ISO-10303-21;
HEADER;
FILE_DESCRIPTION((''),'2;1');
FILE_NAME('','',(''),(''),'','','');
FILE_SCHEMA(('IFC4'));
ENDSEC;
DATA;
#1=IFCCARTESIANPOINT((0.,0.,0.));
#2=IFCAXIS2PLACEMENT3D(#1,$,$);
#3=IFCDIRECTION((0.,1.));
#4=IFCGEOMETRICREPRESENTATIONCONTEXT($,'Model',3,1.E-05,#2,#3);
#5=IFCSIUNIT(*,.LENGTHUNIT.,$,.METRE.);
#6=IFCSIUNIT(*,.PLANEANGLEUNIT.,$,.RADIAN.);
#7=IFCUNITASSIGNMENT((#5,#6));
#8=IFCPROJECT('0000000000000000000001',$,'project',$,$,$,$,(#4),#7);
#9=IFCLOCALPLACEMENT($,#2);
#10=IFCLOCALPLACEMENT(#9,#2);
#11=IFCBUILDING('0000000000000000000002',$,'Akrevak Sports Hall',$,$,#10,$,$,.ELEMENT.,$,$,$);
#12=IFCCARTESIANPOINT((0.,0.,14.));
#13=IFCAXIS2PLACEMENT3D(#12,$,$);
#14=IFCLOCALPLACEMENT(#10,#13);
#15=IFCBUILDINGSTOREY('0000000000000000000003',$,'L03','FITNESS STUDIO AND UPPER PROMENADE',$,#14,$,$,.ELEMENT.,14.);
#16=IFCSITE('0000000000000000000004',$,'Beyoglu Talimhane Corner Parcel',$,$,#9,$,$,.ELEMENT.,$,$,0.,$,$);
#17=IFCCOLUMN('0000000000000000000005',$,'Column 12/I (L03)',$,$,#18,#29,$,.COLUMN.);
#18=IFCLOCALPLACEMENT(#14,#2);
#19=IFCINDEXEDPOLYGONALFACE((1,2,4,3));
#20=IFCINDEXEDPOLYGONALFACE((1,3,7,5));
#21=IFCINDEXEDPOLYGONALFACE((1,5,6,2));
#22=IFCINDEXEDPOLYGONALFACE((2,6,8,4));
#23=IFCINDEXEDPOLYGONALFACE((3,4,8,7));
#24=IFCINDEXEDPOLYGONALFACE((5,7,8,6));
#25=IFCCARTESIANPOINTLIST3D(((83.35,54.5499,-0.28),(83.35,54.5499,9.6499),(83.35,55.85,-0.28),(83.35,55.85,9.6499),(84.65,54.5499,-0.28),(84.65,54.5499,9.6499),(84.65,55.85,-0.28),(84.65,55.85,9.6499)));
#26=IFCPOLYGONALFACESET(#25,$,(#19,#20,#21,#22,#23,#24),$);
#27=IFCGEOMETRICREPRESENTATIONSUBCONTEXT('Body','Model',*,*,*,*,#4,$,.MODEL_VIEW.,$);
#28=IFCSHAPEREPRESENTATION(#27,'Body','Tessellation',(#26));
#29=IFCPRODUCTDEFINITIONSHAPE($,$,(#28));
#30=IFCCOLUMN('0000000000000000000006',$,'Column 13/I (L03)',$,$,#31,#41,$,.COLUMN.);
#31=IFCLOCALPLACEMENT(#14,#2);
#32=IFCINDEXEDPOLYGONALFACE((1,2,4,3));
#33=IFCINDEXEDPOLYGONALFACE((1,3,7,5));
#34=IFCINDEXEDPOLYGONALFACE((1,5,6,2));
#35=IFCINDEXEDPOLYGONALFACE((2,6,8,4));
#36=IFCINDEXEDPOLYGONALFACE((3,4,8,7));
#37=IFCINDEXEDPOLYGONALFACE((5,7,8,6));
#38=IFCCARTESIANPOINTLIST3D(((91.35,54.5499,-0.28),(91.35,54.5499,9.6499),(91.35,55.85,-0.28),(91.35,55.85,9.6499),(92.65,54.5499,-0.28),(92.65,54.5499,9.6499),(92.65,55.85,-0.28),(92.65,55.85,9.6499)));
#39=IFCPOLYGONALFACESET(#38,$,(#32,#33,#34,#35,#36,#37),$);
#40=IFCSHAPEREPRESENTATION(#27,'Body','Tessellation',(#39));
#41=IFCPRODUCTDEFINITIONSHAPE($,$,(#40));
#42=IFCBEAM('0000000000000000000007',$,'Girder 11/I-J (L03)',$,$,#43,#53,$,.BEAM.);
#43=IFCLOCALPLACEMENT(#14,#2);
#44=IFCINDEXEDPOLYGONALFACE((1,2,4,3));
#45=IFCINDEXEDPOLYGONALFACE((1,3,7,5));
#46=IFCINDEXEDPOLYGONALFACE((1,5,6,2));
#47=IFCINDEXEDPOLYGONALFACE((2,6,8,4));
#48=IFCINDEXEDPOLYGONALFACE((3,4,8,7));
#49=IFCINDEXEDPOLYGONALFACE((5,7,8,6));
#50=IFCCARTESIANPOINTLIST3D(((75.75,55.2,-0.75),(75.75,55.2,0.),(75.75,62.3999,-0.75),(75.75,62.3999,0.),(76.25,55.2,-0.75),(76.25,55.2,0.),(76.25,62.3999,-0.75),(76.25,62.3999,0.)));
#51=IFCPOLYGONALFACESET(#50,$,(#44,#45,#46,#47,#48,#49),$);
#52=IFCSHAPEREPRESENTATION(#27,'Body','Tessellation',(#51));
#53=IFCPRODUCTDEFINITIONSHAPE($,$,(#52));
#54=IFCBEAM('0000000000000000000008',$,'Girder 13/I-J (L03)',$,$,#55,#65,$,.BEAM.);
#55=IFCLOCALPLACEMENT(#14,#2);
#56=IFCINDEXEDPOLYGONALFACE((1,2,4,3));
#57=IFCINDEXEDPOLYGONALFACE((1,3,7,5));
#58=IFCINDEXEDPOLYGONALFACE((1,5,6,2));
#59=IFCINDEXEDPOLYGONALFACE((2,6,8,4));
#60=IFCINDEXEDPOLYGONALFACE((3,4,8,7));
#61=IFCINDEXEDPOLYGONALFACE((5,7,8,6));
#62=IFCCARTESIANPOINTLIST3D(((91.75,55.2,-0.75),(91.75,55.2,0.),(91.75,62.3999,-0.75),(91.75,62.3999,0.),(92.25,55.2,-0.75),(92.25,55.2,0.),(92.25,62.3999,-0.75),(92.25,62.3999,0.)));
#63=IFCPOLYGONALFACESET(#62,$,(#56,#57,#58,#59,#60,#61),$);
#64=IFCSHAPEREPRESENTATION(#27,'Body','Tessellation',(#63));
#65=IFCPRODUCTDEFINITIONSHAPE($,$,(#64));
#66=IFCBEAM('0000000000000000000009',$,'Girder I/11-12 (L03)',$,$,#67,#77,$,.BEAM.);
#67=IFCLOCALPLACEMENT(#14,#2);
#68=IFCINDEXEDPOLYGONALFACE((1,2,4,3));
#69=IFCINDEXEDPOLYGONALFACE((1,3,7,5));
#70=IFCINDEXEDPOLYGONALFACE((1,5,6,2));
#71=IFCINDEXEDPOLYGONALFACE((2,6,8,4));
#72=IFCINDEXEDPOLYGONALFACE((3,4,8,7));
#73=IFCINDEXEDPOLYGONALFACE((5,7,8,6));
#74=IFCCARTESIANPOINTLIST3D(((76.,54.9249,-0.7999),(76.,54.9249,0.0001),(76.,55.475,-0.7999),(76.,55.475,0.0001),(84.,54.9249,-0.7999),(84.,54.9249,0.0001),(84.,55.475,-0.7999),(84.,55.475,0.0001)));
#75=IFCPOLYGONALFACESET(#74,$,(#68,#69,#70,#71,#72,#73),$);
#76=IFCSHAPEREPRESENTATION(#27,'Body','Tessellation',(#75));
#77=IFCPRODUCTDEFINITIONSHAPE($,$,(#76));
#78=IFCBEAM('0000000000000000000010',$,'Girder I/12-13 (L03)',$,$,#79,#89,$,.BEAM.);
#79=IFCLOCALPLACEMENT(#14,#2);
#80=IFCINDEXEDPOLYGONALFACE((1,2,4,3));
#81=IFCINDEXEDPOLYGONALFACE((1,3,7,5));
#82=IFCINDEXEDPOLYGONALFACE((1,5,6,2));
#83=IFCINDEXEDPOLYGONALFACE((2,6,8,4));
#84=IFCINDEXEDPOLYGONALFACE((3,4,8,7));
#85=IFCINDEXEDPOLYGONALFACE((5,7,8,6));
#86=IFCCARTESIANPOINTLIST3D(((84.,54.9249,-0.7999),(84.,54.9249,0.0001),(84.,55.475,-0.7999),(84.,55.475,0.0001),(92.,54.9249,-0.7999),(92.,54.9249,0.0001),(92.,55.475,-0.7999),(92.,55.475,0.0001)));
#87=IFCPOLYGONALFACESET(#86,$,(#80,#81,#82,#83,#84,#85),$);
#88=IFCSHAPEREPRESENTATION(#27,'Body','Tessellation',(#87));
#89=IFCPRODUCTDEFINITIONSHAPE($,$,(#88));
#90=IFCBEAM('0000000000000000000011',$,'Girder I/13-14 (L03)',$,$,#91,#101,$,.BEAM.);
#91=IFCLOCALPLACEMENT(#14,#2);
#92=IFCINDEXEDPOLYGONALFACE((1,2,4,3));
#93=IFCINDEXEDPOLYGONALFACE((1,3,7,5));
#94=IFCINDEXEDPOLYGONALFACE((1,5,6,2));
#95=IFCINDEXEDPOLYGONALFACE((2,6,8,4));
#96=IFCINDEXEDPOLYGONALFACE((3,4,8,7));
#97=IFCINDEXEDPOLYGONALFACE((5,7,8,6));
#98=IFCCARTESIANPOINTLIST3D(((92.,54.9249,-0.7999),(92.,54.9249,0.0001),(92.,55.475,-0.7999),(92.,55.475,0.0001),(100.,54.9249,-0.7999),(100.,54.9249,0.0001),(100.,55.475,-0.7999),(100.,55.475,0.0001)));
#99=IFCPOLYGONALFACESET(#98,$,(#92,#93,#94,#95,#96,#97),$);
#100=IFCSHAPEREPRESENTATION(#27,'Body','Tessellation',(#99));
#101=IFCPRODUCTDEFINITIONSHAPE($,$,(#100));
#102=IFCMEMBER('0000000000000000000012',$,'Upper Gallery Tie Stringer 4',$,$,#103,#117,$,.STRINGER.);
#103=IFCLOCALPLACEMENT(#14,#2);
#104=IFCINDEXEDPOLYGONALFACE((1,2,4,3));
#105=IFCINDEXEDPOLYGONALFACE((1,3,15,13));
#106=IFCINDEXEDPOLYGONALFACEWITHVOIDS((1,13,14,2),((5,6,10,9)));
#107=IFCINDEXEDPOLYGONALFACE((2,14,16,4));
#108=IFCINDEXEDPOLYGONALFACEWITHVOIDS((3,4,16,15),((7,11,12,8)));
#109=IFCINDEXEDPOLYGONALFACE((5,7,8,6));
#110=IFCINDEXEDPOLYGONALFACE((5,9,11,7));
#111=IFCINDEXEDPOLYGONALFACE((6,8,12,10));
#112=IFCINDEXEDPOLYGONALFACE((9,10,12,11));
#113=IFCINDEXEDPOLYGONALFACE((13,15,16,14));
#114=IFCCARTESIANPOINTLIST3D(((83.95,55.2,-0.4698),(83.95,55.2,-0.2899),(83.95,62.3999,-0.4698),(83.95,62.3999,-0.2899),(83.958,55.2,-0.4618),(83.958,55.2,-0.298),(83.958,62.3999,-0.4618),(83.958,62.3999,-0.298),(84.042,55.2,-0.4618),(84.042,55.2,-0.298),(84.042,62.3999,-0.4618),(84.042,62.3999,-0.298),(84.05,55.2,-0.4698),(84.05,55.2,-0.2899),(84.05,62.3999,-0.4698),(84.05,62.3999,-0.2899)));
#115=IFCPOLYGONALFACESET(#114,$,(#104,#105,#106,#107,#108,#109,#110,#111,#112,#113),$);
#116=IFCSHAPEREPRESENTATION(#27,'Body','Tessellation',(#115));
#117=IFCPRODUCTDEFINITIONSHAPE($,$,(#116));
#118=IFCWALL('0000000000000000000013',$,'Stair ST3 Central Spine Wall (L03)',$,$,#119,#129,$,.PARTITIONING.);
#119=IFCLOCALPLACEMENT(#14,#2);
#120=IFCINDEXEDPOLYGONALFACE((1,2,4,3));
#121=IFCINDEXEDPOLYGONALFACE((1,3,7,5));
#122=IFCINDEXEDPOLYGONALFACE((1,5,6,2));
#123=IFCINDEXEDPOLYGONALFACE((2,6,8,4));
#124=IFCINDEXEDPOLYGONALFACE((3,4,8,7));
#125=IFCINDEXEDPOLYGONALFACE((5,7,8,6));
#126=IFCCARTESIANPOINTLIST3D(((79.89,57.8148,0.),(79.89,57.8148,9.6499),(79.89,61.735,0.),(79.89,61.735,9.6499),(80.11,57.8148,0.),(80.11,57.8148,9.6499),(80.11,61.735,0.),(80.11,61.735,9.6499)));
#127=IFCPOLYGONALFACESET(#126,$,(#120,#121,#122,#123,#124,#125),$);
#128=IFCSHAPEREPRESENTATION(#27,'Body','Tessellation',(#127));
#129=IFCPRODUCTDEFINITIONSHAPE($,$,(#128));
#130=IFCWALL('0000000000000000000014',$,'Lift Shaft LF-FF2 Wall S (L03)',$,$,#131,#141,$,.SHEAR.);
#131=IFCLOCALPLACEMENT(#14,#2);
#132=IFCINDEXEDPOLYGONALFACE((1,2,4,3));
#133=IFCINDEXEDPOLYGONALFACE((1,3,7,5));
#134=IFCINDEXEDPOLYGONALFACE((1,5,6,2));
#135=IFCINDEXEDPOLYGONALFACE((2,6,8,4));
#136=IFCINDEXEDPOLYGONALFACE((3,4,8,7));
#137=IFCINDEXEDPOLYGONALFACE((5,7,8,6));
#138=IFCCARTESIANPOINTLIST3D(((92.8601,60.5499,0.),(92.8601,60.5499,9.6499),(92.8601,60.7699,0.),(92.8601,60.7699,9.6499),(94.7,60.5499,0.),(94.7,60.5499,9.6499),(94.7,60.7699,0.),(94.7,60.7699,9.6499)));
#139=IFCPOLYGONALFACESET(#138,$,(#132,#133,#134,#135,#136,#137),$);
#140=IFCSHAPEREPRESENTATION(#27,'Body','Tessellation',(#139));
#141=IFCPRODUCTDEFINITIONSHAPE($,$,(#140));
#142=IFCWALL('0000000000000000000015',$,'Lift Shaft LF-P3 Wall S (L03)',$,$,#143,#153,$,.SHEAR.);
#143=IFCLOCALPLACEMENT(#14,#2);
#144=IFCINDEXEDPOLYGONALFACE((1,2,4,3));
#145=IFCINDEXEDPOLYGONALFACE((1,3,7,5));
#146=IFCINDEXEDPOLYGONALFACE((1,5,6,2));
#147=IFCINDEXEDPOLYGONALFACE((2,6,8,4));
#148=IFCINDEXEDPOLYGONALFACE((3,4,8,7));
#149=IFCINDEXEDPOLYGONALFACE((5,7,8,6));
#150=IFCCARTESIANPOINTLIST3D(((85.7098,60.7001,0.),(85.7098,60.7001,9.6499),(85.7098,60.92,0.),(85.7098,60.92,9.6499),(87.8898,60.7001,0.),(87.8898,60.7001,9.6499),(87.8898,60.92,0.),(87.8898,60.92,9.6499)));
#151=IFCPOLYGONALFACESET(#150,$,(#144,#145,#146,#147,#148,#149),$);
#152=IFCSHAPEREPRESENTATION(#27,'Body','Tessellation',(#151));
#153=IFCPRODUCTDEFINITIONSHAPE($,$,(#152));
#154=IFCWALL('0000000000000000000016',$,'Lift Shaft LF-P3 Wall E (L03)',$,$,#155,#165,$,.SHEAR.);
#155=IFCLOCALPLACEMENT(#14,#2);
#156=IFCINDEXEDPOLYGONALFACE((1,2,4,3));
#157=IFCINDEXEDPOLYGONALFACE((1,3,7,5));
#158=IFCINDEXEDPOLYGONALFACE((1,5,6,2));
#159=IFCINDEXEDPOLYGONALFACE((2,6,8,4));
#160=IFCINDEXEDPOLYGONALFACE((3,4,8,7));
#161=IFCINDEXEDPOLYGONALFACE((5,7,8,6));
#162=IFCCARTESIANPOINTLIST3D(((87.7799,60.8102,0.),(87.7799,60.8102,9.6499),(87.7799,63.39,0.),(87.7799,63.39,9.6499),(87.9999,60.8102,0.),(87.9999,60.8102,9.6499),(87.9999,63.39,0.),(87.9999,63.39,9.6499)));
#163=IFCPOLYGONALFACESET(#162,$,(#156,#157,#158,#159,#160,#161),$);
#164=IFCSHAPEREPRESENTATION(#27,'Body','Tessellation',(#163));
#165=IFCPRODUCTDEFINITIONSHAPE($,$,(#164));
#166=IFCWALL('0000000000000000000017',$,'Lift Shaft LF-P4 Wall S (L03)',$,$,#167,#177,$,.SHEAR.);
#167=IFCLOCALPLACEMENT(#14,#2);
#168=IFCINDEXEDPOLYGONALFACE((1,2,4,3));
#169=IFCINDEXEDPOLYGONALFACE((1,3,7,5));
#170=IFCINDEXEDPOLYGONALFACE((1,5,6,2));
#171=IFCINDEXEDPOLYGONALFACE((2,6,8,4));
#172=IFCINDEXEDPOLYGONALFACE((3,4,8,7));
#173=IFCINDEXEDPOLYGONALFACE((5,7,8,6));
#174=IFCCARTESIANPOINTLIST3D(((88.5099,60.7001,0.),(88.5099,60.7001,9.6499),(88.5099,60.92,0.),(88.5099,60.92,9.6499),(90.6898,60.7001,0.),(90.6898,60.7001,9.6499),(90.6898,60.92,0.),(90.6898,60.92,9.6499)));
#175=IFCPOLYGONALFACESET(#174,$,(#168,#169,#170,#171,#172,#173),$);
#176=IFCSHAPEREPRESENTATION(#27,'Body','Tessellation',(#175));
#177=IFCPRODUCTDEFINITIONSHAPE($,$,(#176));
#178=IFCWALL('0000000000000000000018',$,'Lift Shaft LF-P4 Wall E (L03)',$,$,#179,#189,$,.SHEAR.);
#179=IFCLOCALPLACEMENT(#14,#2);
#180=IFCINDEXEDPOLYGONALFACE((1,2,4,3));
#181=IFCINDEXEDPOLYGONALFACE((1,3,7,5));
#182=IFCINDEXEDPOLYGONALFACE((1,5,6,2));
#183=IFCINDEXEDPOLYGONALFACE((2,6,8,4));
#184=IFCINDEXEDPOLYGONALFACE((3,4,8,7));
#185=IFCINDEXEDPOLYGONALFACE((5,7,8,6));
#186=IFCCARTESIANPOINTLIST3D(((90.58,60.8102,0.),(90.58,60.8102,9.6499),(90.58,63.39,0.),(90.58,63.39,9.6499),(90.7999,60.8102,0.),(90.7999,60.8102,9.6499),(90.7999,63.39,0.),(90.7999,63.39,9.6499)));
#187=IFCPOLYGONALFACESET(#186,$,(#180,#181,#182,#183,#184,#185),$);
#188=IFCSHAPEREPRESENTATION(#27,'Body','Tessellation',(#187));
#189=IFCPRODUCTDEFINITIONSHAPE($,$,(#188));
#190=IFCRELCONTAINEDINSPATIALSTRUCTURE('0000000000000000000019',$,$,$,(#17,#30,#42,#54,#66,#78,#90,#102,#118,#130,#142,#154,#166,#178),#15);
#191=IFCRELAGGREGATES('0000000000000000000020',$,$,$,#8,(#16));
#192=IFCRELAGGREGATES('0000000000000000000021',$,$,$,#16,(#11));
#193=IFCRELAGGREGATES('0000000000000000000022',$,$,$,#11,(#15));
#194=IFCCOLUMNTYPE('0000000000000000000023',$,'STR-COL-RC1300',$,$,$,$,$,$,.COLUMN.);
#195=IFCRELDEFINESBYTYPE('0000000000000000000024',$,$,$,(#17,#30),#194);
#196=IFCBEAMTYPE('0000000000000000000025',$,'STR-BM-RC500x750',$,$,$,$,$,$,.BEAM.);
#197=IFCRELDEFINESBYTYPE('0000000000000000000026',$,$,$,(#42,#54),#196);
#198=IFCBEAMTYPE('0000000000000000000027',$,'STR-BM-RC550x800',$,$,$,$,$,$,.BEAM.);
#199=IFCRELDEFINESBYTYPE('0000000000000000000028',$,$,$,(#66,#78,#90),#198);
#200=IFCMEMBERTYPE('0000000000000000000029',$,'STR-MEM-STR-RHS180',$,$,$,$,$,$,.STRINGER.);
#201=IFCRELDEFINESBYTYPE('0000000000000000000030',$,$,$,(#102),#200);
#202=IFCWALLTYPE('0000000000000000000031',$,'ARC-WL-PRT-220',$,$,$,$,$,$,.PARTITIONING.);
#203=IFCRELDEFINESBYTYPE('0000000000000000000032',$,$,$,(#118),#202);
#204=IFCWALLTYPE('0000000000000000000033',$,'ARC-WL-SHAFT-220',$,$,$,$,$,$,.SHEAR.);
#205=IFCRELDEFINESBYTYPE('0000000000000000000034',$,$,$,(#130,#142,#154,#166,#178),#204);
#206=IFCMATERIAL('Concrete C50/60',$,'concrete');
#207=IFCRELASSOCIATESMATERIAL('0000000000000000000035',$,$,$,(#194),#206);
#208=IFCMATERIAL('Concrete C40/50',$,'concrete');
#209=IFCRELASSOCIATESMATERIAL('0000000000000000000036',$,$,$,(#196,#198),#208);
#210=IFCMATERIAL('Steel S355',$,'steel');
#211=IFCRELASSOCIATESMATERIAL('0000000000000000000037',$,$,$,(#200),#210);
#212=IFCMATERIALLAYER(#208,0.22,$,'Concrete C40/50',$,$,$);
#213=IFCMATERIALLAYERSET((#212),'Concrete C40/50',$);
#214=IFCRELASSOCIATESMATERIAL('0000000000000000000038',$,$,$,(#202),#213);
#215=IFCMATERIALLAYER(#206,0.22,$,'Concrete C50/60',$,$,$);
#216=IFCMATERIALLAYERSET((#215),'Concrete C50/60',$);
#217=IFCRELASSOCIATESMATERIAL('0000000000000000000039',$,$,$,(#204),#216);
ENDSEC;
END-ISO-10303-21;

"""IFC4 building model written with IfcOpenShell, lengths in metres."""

from ifc_helpers import new_model, si_unit, direction, frame, frame_2d, origin, origin_2d, place, context, subcontext, project, spatial, rectangle, hollow_rectangle, extrude, material, layer, layer_set, material_profile, profile_set, type_object, element, save


model = new_model("IFC4")

# Units and contexts
model_context = context("Model", 3, precision=1e-05, world=origin(), true_north=direction((0.0, 1.0)))
body_context = subcontext(model_context, "Body", "Model", "MODEL_VIEW")
ifc_project = project(units=[si_unit("LENGTHUNIT", "METRE"), si_unit("PLANEANGLEUNIT", "RADIAN")], contexts=[model_context])

# Site, building, storey
site_placement = place(None, origin())
site = spatial("IfcSite", under=ifc_project, at=site_placement, Name="Beyoglu Talimhane Corner Parcel", CompositionType="ELEMENT", RefElevation=0.0)
building_placement = place(site_placement, origin())
building = spatial("IfcBuilding", under=site, at=building_placement, Name="Akrevak Sports Hall", CompositionType="ELEMENT")
storey_placement = place(building_placement, frame((0.0, 0.0, 14.0)))
storey = spatial("IfcBuildingStorey", under=building, at=storey_placement, Name="L03", Description="FITNESS STUDIO AND UPPER PROMENADE", CompositionType="ELEMENT", Elevation=14.0)

# Columns
ifc_material_1 = material(Name="Concrete C50/60", Category="concrete")
ifc_material_profile_1 = material_profile(ifc_material_1, rectangle(XDim=1.3, YDim=1.3, at=origin_2d()), Name="RC 1300x1300", Category="concrete")
ifc_profile_set_1 = profile_set([ifc_material_profile_1], Name="Concrete C50/60")
column_type = type_object("IfcColumnType", Name="STR-COL-RC1300", PredefinedType="COLUMN", material=ifc_profile_set_1)
for number, where, z_axis, x_axis, name in (
    (1, (84.0, 55.2, -0.28), (0.0, 0.0, 1.0), (1.0, 0.0, 0.0), "Column 12/I (L03)"),
    (2, (92.0, 55.2, -0.28), (0.0, 0.0, 1.0), (1.0, 0.0, 0.0), "Column 13/I (L03)"),
):
    element("IfcColumn", number, at=place(storey_placement, frame(where, z_axis=z_axis, x_axis=x_axis)), inside=storey, type_object=column_type, Name=name, PredefinedType="COLUMN", context=body_context, shape_type="SweptSolid", body=[
        extrude(rectangle(XDim=1.3, YDim=1.3, at=origin_2d()), origin(), (0.0, 0.0, 1.0), 9.9299),
    ])

# Beams
ifc_material_2 = material(Name="Concrete C40/50", Category="concrete")
ifc_material_profile_2 = material_profile(ifc_material_2, rectangle(XDim=0.5, YDim=0.75, at=origin_2d()), Name="BM 500x750", Category="concrete")
ifc_profile_set_2 = profile_set([ifc_material_profile_2], Name="Concrete C40/50")
beam_type_1 = type_object("IfcBeamType", Name="STR-BM-RC500x750", PredefinedType="BEAM", material=ifc_profile_set_2)
for number, where, z_axis, x_axis, name in (
    (3, (76.0, 55.2, -0.375), (0.0, 1.0, 0.0), (-1.0, 0.0, 0.0), "Girder 11/I-J (L03)"),
    (4, (92.0, 55.2, -0.375), (0.0, 1.0, 0.0), (-1.0, 0.0, 0.0), "Girder 13/I-J (L03)"),
):
    element("IfcBeam", number, at=place(storey_placement, frame(where, z_axis=z_axis, x_axis=x_axis)), inside=storey, type_object=beam_type_1, Name=name, PredefinedType="BEAM", context=body_context, shape_type="SweptSolid", body=[
        extrude(rectangle(XDim=0.5, YDim=0.75, at=origin_2d()), origin(), (0.0, 0.0, 1.0), 7.2),
    ])
ifc_material_profile_3 = material_profile(ifc_material_2, rectangle(XDim=0.55, YDim=0.8, at=origin_2d()), Name="BM 550x800", Category="concrete")
ifc_profile_set_3 = profile_set([ifc_material_profile_3], Name="Concrete C40/50")
beam_type_2 = type_object("IfcBeamType", Name="STR-BM-RC550x800", PredefinedType="BEAM", material=ifc_profile_set_3)
for number, where, z_axis, x_axis, name in (
    (5, (76.0, 55.2, -0.3999), (1.0, 0.0, 0.0), (0.0, 1.0, 0.0), "Girder I/11-12 (L03)"),
    (6, (84.0, 55.2, -0.3999), (1.0, 0.0, 0.0), (0.0, 1.0, 0.0), "Girder I/12-13 (L03)"),
    (7, (92.0, 55.2, -0.3999), (1.0, 0.0, 0.0), (0.0, 1.0, 0.0), "Girder I/13-14 (L03)"),
):
    element("IfcBeam", number, at=place(storey_placement, frame(where, z_axis=z_axis, x_axis=x_axis)), inside=storey, type_object=beam_type_2, Name=name, PredefinedType="BEAM", context=body_context, shape_type="SweptSolid", body=[
        extrude(rectangle(XDim=0.55, YDim=0.8, at=origin_2d()), origin(), (0.0, 0.0, 1.0), 8.0),
    ])

# Member
ifc_material_3 = material(Name="Steel S355", Category="steel")
ifc_material_profile_4 = material_profile(ifc_material_3, hollow_rectangle(XDim=0.1001, YDim=0.1799, WallThickness=0.0081, at=origin_2d()), Name="RHS 180x100x8", Category="steel")
ifc_profile_set_4 = profile_set([ifc_material_profile_4], Name="Steel S355")
member_type = type_object("IfcMemberType", Name="STR-MEM-STR-RHS180", PredefinedType="STRINGER", material=ifc_profile_set_4)
member_placement = place(storey_placement, frame((84.0, 55.2, -0.3799), z_axis=(0.0, 1.0, 0.0), x_axis=(-1.0, 0.0, 0.0)))
element("IfcMember", 8, at=member_placement, inside=storey, type_object=member_type, Name="Upper Gallery Tie Stringer 4", PredefinedType="STRINGER", context=body_context, shape_type="SweptSolid", body=[
    extrude(hollow_rectangle(XDim=0.1001, YDim=0.1799, WallThickness=0.0081, at=origin_2d()), origin(), (0.0, 0.0, 1.0), 7.2),
])

# Walls
ifc_layer_1 = layer(ifc_material_2, 0.22, Name="Concrete C40/50")
ifc_layer_set_1 = layer_set([ifc_layer_1], Name="Concrete C40/50")
wall_type_1 = type_object("IfcWallType", Name="ARC-WL-PRT-220", PredefinedType="PARTITIONING", material=ifc_layer_set_1)
wall_1_placement = place(storey_placement, frame((80.0, 57.8149, 0.0), z_axis=(0.0, 0.0, 1.0), x_axis=(0.0, 1.0, 0.0)))
element("IfcWall", 9, at=wall_1_placement, inside=storey, type_object=wall_type_1, Name="Stair ST3 Central Spine Wall (L03)", PredefinedType="PARTITIONING", context=body_context, shape_type="SweptSolid", body=[
    extrude(rectangle(XDim=3.9202, YDim=0.22, at=frame_2d((1.96, 0.0))), origin(), (0.0, 0.0, 1.0), 9.6499),
])
ifc_layer_2 = layer(ifc_material_1, 0.22, Name="Concrete C50/60")
ifc_layer_set_2 = layer_set([ifc_layer_2], Name="Concrete C50/60")
wall_type_2 = type_object("IfcWallType", Name="ARC-WL-SHAFT-220", PredefinedType="SHEAR", material=ifc_layer_set_2)
wall_2_placement = place(storey_placement, frame((92.8601, 60.6599, 0.0), z_axis=(0.0, 0.0, 1.0), x_axis=(1.0, 0.0, 0.0)))
element("IfcWall", 10, at=wall_2_placement, inside=storey, type_object=wall_type_2, Name="Lift Shaft LF-FF2 Wall S (L03)", PredefinedType="SHEAR", context=body_context, shape_type="SweptSolid", body=[
    extrude(rectangle(XDim=1.8398, YDim=0.22, at=frame_2d((0.9199, 0.0))), origin(), (0.0, 0.0, 1.0), 9.6499),
])
wall_3_placement = place(storey_placement, frame((85.71, 60.8101, 0.0), z_axis=(0.0, 0.0, 1.0), x_axis=(1.0, 0.0, 0.0)))
element("IfcWall", 11, at=wall_3_placement, inside=storey, type_object=wall_type_2, Name="Lift Shaft LF-P3 Wall S (L03)", PredefinedType="SHEAR", context=body_context, shape_type="SweptSolid", body=[
    extrude(rectangle(XDim=2.1799, YDim=0.22, at=frame_2d((1.0898, 0.0))), origin(), (0.0, 0.0, 1.0), 9.6499),
])
wall_4_placement = place(storey_placement, frame((87.8899, 60.8101, 0.0), z_axis=(0.0, 0.0, 1.0), x_axis=(0.0, 1.0, 0.0)))
element("IfcWall", 12, at=wall_4_placement, inside=storey, type_object=wall_type_2, Name="Lift Shaft LF-P3 Wall E (L03)", PredefinedType="SHEAR", context=body_context, shape_type="SweptSolid", body=[
    extrude(rectangle(XDim=2.5798, YDim=0.22, at=frame_2d((1.29, 0.0))), origin(), (0.0, 0.0, 1.0), 9.6499),
])
wall_5_placement = place(storey_placement, frame((88.51, 60.8101, 0.0), z_axis=(0.0, 0.0, 1.0), x_axis=(1.0, 0.0, 0.0)))
element("IfcWall", 13, at=wall_5_placement, inside=storey, type_object=wall_type_2, Name="Lift Shaft LF-P4 Wall S (L03)", PredefinedType="SHEAR", context=body_context, shape_type="SweptSolid", body=[
    extrude(rectangle(XDim=2.1799, YDim=0.22, at=frame_2d((1.0898, 0.0))), origin(), (0.0, 0.0, 1.0), 9.6499),
])
wall_6_placement = place(storey_placement, frame((90.6899, 60.8101, 0.0), z_axis=(0.0, 0.0, 1.0), x_axis=(0.0, 1.0, 0.0)))
element("IfcWall", 14, at=wall_6_placement, inside=storey, type_object=wall_type_2, Name="Lift Shaft LF-P4 Wall E (L03)", PredefinedType="SHEAR", context=body_context, shape_type="SweptSolid", body=[
    extrude(rectangle(XDim=2.5798, YDim=0.22, at=frame_2d((1.29, 0.0))), origin(), (0.0, 0.0, 1.0), 9.6499),
])

save(model, "model.ifc")
